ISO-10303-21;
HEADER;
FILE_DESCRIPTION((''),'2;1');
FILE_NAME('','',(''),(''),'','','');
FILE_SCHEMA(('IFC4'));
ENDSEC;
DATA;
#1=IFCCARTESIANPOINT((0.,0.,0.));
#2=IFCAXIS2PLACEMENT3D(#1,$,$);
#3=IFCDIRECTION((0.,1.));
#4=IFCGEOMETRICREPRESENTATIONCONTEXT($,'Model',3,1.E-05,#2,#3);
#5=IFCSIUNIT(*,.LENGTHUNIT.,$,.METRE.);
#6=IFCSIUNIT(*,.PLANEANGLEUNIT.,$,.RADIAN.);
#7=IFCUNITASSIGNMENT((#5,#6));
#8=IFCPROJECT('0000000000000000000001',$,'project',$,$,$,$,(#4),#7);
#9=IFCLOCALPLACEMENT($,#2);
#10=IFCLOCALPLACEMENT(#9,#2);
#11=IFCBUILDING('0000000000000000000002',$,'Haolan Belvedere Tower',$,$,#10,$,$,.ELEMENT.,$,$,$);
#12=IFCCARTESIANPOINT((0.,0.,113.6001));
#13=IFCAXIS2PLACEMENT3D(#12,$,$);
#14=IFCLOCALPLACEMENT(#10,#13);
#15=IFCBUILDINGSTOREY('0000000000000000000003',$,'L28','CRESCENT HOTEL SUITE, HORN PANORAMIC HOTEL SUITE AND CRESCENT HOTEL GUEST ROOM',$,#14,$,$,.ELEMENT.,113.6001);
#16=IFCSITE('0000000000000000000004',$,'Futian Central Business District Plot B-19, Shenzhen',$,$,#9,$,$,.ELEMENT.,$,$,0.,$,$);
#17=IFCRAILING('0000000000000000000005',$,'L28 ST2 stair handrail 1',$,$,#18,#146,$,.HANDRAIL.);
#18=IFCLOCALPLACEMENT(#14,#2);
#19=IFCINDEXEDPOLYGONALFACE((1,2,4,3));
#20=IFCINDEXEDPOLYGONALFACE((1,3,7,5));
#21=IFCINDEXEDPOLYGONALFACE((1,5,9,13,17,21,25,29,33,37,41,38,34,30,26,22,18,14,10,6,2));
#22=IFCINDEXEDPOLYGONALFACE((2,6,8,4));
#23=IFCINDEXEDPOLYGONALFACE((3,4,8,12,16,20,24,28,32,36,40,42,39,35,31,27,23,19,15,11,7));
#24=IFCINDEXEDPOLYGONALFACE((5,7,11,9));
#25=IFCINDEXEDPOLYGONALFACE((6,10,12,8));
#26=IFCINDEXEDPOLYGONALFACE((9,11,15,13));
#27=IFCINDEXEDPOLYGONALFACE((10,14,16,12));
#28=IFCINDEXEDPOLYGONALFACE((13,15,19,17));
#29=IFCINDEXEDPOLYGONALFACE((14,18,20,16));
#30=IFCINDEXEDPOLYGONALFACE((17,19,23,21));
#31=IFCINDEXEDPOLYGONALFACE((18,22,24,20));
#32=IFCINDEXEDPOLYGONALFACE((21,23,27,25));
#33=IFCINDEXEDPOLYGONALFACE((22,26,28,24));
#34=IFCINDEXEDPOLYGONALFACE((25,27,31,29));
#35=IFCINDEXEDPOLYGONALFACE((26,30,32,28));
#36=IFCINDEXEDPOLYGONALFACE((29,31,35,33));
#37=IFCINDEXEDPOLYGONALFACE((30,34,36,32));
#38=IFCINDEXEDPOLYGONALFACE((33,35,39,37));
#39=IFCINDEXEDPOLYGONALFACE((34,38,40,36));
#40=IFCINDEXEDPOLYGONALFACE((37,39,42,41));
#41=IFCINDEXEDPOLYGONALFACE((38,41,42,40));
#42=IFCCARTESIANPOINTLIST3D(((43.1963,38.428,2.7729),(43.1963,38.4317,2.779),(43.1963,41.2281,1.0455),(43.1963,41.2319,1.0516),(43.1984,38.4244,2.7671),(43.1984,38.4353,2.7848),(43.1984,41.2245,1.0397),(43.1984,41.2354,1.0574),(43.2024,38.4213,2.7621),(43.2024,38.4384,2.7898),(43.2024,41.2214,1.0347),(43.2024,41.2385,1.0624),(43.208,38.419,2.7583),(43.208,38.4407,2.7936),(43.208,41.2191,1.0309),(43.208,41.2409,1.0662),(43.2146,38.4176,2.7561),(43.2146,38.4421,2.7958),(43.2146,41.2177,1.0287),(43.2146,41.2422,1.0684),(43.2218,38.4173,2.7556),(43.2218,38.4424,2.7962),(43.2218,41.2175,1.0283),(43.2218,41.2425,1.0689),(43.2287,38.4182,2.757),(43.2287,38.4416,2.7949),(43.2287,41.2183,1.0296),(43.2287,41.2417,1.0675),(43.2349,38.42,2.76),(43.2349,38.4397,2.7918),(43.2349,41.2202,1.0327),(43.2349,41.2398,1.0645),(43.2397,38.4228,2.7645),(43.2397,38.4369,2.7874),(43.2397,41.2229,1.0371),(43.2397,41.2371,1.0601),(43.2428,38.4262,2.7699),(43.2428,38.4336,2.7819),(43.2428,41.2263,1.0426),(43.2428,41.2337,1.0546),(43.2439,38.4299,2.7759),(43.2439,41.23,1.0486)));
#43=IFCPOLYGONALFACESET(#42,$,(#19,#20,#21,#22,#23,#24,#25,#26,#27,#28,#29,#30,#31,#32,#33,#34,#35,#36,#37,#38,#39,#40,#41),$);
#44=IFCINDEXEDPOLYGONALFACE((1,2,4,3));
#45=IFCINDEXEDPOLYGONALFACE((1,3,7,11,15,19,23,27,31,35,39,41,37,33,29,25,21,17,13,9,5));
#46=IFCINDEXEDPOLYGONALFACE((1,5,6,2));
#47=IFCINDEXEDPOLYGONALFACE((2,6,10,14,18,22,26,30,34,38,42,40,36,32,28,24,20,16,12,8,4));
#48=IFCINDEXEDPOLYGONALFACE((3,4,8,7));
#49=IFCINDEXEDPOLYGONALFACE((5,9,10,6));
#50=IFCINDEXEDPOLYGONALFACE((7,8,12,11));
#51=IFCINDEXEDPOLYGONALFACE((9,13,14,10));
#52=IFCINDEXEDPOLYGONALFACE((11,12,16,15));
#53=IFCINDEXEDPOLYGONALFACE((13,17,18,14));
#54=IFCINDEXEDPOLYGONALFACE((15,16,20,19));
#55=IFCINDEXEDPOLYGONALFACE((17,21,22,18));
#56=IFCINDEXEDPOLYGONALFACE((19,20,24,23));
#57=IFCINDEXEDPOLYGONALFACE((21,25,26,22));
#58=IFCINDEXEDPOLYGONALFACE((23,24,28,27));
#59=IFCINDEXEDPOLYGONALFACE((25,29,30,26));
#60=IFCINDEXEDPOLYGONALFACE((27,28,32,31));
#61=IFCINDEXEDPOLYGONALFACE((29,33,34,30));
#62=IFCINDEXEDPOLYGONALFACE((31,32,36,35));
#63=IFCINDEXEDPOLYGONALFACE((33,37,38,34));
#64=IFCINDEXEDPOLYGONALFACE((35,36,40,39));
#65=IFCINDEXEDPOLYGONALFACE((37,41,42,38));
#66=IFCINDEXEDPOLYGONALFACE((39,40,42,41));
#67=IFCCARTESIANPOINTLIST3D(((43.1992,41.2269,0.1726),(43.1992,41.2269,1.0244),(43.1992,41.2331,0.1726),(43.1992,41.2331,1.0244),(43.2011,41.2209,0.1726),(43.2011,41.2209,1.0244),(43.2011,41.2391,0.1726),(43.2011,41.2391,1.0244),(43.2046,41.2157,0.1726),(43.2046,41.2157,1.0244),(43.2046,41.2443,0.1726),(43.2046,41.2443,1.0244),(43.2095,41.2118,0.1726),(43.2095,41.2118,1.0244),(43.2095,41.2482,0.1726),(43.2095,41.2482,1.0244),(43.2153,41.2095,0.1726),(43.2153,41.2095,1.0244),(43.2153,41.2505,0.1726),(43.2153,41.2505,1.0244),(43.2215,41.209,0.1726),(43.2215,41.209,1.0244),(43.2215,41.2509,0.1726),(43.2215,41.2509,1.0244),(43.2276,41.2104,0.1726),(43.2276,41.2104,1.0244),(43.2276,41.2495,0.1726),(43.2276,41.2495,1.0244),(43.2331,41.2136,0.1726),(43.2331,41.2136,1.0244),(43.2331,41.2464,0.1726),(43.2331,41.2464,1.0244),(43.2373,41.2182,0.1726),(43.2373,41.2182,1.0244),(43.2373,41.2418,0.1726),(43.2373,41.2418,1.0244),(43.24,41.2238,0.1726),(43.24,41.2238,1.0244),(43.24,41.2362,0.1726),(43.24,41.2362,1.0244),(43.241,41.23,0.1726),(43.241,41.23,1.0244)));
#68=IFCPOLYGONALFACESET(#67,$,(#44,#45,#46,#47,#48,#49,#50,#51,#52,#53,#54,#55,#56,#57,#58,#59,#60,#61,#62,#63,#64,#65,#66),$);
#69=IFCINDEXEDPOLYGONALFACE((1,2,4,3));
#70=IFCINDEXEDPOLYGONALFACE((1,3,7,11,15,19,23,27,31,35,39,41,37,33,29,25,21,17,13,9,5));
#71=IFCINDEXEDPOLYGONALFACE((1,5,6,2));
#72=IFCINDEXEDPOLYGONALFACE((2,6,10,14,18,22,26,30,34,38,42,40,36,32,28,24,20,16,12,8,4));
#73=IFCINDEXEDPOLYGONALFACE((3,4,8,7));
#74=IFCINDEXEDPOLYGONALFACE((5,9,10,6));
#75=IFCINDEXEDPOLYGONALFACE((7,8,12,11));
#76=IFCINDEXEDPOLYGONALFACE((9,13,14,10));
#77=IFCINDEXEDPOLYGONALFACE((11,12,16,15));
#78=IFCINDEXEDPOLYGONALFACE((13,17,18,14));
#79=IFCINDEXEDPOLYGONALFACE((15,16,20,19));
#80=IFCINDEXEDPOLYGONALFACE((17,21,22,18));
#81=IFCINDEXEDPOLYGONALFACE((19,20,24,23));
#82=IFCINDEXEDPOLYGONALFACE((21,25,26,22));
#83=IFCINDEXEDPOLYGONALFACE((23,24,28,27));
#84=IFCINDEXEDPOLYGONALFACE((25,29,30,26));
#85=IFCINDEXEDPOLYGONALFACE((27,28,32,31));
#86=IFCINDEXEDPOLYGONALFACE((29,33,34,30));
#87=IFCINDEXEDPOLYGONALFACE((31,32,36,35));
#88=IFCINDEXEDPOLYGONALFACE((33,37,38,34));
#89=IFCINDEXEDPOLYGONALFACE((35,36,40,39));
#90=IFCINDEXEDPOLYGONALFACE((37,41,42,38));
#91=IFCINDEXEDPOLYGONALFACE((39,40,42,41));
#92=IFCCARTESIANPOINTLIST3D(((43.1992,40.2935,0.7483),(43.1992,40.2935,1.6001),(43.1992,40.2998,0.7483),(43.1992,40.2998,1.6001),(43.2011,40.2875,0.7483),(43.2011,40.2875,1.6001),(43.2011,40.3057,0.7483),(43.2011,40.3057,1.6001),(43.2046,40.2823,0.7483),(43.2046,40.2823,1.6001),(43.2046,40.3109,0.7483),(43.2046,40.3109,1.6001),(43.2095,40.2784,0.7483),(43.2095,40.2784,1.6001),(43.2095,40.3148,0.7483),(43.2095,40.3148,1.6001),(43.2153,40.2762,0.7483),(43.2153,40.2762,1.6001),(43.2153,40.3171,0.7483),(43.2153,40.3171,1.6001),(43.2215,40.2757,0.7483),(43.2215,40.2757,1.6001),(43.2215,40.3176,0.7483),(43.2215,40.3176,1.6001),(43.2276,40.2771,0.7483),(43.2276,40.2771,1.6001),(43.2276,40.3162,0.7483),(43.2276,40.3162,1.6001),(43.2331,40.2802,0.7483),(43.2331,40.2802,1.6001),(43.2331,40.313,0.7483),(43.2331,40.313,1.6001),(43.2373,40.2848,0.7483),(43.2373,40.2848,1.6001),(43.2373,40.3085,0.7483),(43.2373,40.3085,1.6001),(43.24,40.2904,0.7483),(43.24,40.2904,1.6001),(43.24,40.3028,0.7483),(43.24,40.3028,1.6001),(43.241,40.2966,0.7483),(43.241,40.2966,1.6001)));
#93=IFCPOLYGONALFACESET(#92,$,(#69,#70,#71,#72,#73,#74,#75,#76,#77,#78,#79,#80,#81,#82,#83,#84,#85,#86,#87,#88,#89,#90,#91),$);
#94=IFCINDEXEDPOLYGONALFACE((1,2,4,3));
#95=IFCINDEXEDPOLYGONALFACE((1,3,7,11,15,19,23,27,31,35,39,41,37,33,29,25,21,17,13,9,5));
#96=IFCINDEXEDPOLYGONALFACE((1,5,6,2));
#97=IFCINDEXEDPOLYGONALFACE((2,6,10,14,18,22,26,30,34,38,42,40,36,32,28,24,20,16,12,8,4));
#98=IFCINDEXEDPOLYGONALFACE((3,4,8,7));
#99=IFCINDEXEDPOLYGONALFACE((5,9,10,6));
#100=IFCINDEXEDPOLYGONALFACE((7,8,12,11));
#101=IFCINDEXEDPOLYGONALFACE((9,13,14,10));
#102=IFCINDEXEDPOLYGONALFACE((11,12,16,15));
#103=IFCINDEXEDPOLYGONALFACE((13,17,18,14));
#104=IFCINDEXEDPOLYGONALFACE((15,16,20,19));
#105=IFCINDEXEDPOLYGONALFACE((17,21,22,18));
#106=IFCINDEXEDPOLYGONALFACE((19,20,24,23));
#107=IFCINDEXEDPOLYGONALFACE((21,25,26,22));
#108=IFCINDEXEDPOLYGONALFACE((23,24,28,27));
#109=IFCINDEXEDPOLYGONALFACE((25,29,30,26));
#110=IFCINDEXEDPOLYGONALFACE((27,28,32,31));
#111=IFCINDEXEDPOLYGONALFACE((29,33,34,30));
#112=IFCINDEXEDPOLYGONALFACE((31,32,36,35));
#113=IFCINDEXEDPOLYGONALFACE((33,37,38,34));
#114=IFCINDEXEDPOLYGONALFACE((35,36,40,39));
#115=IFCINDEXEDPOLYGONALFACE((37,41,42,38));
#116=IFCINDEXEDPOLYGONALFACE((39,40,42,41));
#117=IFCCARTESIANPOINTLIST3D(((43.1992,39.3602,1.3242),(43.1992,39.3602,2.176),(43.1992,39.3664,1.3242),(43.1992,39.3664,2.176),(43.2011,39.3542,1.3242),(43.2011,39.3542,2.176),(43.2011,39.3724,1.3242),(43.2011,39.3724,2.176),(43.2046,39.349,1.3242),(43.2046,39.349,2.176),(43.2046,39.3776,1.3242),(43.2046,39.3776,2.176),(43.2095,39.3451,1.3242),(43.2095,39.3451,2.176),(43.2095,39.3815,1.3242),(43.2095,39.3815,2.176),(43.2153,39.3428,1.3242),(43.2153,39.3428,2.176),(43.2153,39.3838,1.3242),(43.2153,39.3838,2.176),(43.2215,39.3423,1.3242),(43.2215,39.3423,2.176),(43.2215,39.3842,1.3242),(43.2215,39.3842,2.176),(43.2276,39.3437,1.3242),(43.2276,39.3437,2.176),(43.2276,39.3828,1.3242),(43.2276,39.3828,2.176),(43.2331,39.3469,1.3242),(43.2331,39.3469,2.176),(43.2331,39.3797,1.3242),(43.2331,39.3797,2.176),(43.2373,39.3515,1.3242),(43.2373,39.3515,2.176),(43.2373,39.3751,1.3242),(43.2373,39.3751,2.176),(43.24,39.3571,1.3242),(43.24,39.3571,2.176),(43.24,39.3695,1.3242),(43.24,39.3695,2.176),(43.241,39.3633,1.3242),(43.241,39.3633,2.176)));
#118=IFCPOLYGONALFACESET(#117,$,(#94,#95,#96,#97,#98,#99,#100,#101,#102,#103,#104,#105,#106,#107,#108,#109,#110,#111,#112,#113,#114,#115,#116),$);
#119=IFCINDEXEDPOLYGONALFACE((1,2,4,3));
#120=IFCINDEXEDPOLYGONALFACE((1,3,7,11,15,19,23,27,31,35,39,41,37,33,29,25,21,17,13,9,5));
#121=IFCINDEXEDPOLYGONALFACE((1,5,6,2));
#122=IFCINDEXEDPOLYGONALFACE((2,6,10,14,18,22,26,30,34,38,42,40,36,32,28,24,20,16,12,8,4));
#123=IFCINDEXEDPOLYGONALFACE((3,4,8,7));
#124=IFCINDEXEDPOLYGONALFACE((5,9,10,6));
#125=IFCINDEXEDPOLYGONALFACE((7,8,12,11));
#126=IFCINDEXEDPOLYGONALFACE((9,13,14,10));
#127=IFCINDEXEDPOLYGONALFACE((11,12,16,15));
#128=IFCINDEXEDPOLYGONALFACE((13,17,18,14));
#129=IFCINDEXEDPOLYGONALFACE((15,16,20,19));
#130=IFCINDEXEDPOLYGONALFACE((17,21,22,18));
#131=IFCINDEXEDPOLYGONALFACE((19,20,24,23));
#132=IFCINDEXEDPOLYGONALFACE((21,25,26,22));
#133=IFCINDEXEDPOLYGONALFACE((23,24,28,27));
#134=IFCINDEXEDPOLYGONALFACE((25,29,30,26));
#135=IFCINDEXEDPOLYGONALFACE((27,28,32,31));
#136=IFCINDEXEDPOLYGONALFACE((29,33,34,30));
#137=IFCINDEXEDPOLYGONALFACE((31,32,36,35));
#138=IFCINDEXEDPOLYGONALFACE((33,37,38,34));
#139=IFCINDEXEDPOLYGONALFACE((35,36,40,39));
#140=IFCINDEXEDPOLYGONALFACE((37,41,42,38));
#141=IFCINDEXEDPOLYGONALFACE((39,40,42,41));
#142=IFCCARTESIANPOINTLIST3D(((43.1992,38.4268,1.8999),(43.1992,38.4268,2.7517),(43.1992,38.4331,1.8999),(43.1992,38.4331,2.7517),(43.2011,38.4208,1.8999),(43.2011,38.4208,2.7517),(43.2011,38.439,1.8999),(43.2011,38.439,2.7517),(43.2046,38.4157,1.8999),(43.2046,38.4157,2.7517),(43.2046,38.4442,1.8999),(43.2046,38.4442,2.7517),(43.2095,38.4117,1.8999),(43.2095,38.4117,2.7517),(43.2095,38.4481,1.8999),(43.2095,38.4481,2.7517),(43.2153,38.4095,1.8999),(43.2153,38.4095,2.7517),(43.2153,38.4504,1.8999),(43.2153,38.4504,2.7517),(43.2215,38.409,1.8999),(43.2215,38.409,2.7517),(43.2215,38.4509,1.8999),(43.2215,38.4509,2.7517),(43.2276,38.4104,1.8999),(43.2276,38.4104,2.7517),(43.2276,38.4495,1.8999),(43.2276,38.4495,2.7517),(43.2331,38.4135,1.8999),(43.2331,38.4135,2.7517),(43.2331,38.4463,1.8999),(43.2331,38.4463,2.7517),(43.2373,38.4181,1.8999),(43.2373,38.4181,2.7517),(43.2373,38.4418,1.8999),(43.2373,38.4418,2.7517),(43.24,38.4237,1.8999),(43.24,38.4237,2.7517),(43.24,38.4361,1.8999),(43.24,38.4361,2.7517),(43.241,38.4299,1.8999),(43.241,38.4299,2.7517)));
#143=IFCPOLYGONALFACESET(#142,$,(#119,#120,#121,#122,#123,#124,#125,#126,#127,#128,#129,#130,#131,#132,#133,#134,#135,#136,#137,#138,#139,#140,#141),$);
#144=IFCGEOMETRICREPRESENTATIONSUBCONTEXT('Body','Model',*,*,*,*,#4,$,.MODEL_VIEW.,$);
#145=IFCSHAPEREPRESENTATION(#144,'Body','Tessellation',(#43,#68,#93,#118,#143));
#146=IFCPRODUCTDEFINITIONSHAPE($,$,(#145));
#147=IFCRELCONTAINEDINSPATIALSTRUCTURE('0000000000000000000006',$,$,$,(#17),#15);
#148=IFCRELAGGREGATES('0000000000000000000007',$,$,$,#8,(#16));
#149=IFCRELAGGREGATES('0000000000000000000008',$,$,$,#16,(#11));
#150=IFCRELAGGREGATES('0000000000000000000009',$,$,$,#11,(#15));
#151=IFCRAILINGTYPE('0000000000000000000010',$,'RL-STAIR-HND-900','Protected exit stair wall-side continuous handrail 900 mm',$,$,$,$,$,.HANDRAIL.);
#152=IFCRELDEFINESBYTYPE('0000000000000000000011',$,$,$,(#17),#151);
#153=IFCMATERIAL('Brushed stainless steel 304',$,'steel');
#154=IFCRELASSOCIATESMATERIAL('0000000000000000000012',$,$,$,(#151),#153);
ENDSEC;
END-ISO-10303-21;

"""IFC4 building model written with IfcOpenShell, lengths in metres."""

from ifc_helpers import new_model, si_unit, direction, frame, origin, origin_2d, place, context, subcontext, project, spatial, circle, extrude, material, type_object, element, save


model = new_model("IFC4")

# Units and contexts
model_context = context("Model", 3, precision=1e-05, world=origin(), true_north=direction((0.0, 1.0)))
body_context = subcontext(model_context, "Body", "Model", "MODEL_VIEW")
ifc_project = project(units=[si_unit("LENGTHUNIT", "METRE"), si_unit("PLANEANGLEUNIT", "RADIAN")], contexts=[model_context])

# Site, building, storey
site_placement = place(None, origin())
site = spatial("IfcSite", under=ifc_project, at=site_placement, Name="Futian Central Business District Plot B-19, Shenzhen", CompositionType="ELEMENT", RefElevation=0.0)
building_placement = place(site_placement, origin())
building = spatial("IfcBuilding", under=site, at=building_placement, Name="Haolan Belvedere Tower", CompositionType="ELEMENT")
storey_placement = place(building_placement, frame((0.0, 0.0, 113.6001)))
storey = spatial("IfcBuildingStorey", under=building, at=storey_placement, Name="L28", Description="CRESCENT HOTEL SUITE, HORN PANORAMIC HOTEL SUITE AND CRESCENT HOTEL GUEST ROOM", CompositionType="ELEMENT", Elevation=113.6001)

# Railing
ifc_material_1 = material(Name="Brushed stainless steel 304", Category="steel")
railing_type_1 = type_object("IfcRailingType", Name="RL-STAIR-HND-900", Description="Protected exit stair wall-side continuous handrail 900 mm", PredefinedType="HANDRAIL", material=ifc_material_1)
railing_1_placement = place(storey_placement, frame((43.22, 41.23, 0.1726)))
element("IfcRailing", 1, at=railing_1_placement, inside=storey, type_object=railing_type_1, Name="L28 ST2 stair handrail 1", PredefinedType="HANDRAIL", context=body_context, shape_type="SweptSolid", body=[
    extrude(circle(Radius=0.0239, at=origin_2d()), frame((0.0, 0.0, 0.876), z_axis=(0.0, -0.85109, 0.52502), x_axis=(1.0, 0.0, 0.0)), (0.0, 0.0, 1.0), 3.29),
    extrude(circle(Radius=0.021, at=origin_2d()), origin(), (0.0, 0.0, 1.0), 0.8518),
    extrude(circle(Radius=0.021, at=origin_2d()), frame((0.0, -0.9333, 0.5757)), (0.0, 0.0, 1.0), 0.8518),
    extrude(circle(Radius=0.021, at=origin_2d()), frame((0.0, -1.8667, 1.1516)), (0.0, 0.0, 1.0), 0.8518),
    extrude(circle(Radius=0.021, at=origin_2d()), frame((0.0, -2.8, 1.7273)), (0.0, 0.0, 1.0), 0.8518),
])

save(model, "model.ifc")
